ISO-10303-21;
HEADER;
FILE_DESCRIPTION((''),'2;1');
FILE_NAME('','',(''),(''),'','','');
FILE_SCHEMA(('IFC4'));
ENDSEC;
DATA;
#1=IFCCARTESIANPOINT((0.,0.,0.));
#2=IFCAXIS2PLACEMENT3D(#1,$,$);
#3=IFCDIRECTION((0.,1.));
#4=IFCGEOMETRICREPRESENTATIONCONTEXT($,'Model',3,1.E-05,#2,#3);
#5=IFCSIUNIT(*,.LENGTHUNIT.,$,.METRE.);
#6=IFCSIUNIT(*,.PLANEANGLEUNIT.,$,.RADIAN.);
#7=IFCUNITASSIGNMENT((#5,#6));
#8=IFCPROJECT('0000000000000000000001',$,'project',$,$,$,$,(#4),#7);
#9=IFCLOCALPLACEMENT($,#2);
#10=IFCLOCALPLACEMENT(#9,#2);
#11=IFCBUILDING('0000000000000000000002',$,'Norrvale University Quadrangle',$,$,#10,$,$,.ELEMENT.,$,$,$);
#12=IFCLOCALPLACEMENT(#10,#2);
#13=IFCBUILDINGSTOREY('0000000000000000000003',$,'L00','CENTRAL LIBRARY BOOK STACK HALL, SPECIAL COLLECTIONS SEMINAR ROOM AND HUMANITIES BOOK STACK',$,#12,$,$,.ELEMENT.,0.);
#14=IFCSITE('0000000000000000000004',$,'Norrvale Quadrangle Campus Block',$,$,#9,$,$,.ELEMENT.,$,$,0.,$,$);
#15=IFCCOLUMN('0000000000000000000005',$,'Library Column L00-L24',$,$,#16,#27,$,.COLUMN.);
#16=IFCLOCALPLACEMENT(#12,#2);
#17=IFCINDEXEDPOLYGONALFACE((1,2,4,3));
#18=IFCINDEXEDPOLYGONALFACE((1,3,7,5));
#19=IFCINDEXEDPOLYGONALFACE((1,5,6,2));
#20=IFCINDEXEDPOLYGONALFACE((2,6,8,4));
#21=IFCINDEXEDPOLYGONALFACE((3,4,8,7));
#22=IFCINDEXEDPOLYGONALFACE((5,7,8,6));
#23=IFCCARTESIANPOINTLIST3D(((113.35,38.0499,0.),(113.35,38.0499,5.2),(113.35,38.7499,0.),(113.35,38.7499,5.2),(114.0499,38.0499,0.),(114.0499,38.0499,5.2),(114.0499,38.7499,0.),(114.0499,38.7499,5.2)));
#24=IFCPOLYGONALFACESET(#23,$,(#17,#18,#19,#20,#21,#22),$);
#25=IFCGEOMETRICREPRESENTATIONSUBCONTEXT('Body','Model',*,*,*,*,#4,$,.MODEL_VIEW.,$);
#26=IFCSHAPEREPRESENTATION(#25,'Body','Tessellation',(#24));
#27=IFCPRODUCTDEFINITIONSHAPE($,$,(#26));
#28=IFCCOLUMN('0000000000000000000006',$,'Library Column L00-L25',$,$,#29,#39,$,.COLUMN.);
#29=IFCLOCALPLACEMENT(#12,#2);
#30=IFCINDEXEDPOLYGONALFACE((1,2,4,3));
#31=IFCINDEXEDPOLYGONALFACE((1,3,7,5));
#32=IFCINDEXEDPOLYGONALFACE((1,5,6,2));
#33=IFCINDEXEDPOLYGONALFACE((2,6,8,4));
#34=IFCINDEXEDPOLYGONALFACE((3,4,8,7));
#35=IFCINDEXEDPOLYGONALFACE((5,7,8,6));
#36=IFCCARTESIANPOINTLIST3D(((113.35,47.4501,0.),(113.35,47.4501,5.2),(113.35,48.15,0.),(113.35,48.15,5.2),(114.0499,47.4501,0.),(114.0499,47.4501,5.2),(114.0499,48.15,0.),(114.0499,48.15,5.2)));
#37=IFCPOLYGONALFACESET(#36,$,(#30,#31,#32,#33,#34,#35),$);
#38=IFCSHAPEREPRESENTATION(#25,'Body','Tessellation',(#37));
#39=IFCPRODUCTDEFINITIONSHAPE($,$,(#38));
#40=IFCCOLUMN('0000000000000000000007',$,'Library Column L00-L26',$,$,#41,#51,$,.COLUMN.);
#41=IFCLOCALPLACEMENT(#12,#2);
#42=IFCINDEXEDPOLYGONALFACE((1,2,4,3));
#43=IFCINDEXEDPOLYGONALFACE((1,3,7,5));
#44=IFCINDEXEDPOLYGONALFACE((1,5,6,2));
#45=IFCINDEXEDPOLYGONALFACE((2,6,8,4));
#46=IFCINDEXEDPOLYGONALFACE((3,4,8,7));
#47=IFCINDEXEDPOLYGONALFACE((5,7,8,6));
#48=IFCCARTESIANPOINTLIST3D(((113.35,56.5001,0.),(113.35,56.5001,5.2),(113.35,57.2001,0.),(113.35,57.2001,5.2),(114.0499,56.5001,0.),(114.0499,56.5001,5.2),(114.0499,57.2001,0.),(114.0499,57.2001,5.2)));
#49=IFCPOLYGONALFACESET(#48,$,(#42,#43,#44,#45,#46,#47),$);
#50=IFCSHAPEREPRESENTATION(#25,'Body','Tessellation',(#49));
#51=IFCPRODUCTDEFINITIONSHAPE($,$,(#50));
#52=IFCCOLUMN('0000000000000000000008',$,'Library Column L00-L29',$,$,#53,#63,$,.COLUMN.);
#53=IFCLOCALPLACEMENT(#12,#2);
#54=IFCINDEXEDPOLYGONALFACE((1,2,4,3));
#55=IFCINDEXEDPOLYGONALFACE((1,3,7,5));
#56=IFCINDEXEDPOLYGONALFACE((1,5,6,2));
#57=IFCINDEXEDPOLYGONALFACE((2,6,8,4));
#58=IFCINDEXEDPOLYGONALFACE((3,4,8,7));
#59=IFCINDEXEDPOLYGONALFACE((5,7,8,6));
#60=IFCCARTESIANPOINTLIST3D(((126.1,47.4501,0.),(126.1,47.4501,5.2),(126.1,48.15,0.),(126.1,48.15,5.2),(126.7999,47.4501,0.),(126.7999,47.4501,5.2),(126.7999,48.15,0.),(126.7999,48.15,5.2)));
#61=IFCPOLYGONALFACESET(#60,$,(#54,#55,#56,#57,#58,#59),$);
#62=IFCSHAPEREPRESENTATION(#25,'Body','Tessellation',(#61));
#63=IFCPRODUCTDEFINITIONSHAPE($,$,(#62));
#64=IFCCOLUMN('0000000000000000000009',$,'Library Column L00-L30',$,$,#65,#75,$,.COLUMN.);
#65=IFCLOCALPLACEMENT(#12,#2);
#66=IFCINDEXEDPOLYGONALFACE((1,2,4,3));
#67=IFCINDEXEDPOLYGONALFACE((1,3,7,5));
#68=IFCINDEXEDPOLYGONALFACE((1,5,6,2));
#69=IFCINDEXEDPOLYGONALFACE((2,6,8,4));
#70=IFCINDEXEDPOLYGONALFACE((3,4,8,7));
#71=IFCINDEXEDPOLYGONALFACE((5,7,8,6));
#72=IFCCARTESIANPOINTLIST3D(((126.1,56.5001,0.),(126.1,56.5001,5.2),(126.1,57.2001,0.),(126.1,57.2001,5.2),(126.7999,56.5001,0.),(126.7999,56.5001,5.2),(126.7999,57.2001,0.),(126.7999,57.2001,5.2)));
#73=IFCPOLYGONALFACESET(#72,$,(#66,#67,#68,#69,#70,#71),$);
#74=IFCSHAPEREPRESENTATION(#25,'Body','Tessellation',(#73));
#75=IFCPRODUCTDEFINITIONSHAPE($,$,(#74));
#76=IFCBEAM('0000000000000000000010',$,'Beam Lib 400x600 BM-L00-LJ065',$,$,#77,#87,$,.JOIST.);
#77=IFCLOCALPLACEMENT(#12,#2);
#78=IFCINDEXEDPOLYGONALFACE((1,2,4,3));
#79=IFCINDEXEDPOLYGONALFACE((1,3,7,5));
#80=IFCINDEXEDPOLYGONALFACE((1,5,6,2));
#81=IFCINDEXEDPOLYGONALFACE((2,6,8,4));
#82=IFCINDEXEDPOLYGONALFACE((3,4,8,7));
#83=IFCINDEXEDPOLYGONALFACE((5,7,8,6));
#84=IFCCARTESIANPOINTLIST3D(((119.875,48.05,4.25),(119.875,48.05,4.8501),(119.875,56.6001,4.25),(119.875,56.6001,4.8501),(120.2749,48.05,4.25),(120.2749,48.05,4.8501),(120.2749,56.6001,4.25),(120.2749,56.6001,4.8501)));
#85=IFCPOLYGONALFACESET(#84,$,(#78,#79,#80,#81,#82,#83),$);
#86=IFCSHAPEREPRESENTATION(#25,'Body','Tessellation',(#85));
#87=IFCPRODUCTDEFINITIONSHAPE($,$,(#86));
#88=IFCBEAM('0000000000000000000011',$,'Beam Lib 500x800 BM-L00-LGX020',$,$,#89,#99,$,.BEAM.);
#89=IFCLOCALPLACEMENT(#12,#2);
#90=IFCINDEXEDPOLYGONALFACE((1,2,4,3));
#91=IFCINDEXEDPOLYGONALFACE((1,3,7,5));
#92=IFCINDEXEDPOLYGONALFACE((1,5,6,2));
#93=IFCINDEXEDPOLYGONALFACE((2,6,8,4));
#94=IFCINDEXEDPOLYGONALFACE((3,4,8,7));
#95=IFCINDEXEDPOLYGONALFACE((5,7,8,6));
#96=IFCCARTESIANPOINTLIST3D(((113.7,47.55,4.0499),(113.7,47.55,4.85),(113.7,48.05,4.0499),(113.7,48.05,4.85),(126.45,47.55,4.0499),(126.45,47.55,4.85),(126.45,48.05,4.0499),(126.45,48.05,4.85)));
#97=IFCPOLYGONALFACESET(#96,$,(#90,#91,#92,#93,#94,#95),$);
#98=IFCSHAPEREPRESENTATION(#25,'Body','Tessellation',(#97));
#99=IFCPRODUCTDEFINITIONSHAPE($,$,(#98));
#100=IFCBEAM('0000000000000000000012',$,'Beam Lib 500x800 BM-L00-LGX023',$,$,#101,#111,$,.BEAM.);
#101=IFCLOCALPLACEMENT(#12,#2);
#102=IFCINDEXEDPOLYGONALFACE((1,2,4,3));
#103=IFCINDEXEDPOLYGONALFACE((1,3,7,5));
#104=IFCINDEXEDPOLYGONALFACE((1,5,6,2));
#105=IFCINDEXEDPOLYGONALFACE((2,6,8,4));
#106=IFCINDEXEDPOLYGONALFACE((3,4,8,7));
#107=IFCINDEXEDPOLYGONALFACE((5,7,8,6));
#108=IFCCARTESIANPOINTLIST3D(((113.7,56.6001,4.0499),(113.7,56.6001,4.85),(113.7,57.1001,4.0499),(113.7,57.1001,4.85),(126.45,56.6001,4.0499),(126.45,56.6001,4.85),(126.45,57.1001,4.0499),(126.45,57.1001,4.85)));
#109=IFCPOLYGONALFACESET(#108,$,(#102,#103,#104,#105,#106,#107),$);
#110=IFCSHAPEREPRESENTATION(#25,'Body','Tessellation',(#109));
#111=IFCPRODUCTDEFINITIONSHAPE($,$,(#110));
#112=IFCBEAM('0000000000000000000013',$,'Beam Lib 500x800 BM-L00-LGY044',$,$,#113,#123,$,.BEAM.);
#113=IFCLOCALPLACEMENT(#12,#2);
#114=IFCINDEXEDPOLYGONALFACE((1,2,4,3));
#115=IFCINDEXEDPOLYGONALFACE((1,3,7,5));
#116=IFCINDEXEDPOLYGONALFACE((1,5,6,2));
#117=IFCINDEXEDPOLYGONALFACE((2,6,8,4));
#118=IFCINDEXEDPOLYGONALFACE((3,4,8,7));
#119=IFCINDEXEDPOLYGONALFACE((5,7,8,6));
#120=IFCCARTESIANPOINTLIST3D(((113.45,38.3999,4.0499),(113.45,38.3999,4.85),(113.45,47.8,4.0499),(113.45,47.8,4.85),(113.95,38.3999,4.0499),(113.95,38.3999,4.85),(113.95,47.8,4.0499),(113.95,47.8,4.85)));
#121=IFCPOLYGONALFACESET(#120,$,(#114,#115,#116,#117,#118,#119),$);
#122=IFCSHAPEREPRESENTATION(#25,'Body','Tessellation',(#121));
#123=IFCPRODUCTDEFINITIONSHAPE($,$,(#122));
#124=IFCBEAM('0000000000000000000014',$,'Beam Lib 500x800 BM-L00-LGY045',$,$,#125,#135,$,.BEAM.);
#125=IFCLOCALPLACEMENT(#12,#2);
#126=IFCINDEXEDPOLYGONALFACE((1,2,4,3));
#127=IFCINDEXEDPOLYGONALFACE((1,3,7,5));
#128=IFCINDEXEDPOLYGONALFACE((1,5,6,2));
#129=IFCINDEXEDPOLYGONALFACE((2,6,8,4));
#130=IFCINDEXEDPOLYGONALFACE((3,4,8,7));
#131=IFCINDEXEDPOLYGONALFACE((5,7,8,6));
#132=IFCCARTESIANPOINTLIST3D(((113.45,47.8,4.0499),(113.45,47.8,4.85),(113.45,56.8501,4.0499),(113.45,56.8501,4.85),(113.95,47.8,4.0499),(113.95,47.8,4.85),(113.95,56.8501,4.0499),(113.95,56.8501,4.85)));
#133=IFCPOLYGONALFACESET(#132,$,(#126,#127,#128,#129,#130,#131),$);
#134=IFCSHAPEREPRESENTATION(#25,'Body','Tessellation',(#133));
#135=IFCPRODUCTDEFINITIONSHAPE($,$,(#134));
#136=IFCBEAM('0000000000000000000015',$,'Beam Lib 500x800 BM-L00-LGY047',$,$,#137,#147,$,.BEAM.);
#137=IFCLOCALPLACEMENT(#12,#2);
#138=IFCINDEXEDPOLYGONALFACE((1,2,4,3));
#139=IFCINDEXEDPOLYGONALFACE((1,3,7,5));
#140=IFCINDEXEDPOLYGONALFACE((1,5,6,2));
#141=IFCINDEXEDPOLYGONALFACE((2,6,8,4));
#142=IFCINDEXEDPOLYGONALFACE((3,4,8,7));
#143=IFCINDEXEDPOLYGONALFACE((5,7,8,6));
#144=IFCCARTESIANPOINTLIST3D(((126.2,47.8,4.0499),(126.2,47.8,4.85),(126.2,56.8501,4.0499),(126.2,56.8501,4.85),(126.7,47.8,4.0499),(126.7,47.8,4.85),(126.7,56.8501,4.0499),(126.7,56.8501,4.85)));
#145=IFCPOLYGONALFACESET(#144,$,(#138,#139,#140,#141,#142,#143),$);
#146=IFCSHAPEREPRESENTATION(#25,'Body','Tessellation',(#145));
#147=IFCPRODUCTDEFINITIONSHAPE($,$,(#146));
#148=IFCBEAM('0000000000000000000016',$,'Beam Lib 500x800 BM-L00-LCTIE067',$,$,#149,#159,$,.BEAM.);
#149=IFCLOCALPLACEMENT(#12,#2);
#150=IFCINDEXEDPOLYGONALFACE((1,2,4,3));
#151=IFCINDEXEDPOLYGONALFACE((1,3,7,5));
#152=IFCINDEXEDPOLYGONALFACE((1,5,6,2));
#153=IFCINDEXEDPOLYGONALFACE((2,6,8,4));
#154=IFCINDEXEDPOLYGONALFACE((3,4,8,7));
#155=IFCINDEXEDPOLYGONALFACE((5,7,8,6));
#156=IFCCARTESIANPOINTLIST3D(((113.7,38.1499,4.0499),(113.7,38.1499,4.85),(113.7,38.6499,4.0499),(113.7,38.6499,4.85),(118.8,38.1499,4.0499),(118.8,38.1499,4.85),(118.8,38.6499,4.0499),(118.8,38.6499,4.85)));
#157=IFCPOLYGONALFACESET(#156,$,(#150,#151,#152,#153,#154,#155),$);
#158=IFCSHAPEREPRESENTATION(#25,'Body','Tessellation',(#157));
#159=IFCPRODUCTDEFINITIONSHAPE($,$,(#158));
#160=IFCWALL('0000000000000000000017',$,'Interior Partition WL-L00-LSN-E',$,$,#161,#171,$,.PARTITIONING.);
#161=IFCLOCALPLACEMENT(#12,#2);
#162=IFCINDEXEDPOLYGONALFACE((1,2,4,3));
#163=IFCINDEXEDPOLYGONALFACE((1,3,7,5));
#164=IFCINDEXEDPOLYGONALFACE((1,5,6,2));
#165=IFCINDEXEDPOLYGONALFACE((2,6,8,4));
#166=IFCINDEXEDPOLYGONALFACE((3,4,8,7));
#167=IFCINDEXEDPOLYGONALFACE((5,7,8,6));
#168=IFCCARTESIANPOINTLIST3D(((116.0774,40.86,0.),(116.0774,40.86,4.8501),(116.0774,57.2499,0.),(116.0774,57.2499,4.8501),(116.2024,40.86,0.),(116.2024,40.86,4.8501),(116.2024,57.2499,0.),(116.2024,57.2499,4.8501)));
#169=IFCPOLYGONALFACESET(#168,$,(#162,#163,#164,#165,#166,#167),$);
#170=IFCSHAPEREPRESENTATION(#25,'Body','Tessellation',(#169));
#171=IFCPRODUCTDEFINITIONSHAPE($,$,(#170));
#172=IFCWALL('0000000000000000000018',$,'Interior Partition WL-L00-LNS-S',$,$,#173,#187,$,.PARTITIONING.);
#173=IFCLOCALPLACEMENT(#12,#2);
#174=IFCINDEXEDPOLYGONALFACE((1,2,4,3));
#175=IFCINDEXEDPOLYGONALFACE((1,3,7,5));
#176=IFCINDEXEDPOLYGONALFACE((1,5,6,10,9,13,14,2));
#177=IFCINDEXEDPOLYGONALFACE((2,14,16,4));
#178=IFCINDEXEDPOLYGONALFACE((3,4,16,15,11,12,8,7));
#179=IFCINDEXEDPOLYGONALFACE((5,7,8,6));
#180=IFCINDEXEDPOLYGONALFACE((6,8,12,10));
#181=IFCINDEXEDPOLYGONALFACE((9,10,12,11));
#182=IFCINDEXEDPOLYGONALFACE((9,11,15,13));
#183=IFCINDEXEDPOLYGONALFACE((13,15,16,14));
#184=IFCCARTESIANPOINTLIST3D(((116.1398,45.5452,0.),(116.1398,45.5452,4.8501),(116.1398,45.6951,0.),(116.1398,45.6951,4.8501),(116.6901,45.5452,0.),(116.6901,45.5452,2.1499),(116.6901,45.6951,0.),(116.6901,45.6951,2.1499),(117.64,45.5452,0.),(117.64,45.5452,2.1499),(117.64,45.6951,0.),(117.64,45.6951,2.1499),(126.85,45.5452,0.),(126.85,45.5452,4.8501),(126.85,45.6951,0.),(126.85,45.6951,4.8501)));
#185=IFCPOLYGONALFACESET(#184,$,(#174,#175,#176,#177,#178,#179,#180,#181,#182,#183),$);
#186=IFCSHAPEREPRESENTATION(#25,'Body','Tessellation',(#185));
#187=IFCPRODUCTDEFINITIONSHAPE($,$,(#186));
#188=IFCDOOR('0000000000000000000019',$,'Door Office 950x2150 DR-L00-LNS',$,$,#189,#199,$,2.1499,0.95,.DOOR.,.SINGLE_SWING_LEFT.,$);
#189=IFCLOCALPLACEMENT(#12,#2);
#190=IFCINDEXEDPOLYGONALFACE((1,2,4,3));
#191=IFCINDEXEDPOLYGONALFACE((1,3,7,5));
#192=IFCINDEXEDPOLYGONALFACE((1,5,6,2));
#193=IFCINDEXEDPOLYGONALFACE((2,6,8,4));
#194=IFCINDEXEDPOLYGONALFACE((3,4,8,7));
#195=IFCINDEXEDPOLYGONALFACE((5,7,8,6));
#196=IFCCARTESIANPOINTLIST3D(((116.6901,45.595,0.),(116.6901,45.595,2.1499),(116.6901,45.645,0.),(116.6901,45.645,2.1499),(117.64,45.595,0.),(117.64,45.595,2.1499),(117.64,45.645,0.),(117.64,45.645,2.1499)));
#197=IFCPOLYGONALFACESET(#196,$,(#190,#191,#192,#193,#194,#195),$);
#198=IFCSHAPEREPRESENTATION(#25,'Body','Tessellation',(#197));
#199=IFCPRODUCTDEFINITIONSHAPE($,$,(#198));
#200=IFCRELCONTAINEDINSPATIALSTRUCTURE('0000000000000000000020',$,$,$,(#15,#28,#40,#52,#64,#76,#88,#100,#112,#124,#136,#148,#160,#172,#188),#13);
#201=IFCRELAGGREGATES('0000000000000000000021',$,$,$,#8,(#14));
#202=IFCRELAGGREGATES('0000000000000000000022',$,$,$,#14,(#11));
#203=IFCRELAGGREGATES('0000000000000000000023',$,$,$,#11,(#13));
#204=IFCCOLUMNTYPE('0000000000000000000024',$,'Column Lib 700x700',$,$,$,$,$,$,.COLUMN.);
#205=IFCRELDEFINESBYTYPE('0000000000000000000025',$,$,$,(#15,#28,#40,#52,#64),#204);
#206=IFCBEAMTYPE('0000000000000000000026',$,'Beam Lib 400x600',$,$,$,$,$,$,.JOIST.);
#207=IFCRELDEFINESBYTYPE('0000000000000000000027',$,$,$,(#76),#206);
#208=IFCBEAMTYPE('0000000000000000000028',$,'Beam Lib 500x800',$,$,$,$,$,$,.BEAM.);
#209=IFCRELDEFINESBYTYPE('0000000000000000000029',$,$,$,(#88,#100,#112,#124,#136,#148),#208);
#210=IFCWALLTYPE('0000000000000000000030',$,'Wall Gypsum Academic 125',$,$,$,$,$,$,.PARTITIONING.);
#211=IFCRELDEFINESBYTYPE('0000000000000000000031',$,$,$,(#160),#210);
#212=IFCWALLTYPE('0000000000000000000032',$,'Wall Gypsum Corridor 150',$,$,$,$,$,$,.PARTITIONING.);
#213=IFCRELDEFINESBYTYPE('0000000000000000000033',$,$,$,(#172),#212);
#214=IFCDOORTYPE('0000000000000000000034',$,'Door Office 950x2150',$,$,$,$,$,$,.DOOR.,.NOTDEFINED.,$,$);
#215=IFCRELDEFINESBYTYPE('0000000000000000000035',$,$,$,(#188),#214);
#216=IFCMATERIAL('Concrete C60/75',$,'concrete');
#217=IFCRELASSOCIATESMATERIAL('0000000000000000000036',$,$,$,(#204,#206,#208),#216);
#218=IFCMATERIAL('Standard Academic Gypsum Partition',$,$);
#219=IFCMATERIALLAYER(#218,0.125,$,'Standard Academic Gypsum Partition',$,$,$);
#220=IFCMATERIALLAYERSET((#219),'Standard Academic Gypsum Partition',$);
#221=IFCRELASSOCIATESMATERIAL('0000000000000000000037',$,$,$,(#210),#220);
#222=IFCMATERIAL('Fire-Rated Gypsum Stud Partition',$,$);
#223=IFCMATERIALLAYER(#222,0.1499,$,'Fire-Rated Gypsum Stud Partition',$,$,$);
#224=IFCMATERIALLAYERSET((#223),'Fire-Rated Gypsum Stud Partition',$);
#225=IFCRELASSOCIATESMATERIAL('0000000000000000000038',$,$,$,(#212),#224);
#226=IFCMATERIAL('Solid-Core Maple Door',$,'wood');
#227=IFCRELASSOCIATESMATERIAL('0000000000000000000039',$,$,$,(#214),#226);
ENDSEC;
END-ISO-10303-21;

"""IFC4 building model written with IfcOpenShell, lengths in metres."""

from ifc_helpers import new_model, si_unit, direction, frame, frame_2d, origin, origin_2d, place, context, subcontext, project, spatial, rectangle, extrude, material, layer, layer_set, material_profile, profile_set, type_object, element, fill, save


model = new_model("IFC4")

# Units and contexts
model_context = context("Model", 3, precision=1e-05, world=origin(), true_north=direction((0.0, 1.0)))
body_context = subcontext(model_context, "Body", "Model", "MODEL_VIEW")
ifc_project = project(units=[si_unit("LENGTHUNIT", "METRE"), si_unit("PLANEANGLEUNIT", "RADIAN")], contexts=[model_context])

# Site, building, storey
site_placement = place(None, origin())
site = spatial("IfcSite", under=ifc_project, at=site_placement, Name="Norrvale Quadrangle Campus Block", CompositionType="ELEMENT", RefElevation=0.0)
building_placement = place(site_placement, origin())
building = spatial("IfcBuilding", under=site, at=building_placement, Name="Norrvale University Quadrangle", CompositionType="ELEMENT")
storey_placement = place(building_placement, origin())
storey = spatial("IfcBuildingStorey", under=building, at=storey_placement, Name="L00", Description="CENTRAL LIBRARY BOOK STACK HALL, SPECIAL COLLECTIONS SEMINAR ROOM AND HUMANITIES BOOK STACK", CompositionType="ELEMENT", Elevation=0.0)

# Columns
ifc_material_1 = material(Name="Concrete C60/75", Category="concrete")
ifc_material_profile_1 = material_profile(ifc_material_1, rectangle(XDim=0.7, YDim=0.7, at=origin_2d()), Name="Concrete C60/75")
ifc_profile_set_1 = profile_set([ifc_material_profile_1], Name="Concrete C60/75")
column_type = type_object("IfcColumnType", Name="Column Lib 700x700", PredefinedType="COLUMN", material=ifc_profile_set_1)
for number, where, z_axis, x_axis, name in (
    (1, (113.7, 38.3999, 0.0), (0.0, 0.0, 1.0), (1.0, 0.0, 0.0), "Library Column L00-L24"),
    (2, (113.7, 47.8, 0.0), (0.0, 0.0, 1.0), (1.0, 0.0, 0.0), "Library Column L00-L25"),
    (3, (113.7, 56.8501, 0.0), (0.0, 0.0, 1.0), (1.0, 0.0, 0.0), "Library Column L00-L26"),
    (4, (126.45, 47.8, 0.0), (0.0, 0.0, 1.0), (1.0, 0.0, 0.0), "Library Column L00-L29"),
    (5, (126.45, 56.8501, 0.0), (0.0, 0.0, 1.0), (1.0, 0.0, 0.0), "Library Column L00-L30"),
):
    element("IfcColumn", number, at=place(storey_placement, frame(where, z_axis=z_axis, x_axis=x_axis)), inside=storey, type_object=column_type, Name=name, PredefinedType="COLUMN", context=body_context, shape_type="SweptSolid", body=[
        extrude(rectangle(XDim=0.7, YDim=0.7, at=origin_2d()), origin(), (0.0, 0.0, 1.0), 5.2),
    ])

# Beams
ifc_material_profile_2 = material_profile(ifc_material_1, rectangle(XDim=0.3999, YDim=0.6001, at=origin_2d()), Name="Concrete C60/75")
ifc_profile_set_2 = profile_set([ifc_material_profile_2], Name="Concrete C60/75")
beam_type_1 = type_object("IfcBeamType", Name="Beam Lib 400x600", PredefinedType="JOIST", material=ifc_profile_set_2)
beam_1_placement = place(storey_placement, frame((120.075, 48.05, 4.55), z_axis=(0.0, 1.0, 0.0), x_axis=(-1.0, 0.0, 0.0)))
element("IfcBeam", 6, at=beam_1_placement, inside=storey, type_object=beam_type_1, Name="Beam Lib 400x600 BM-L00-LJ065", PredefinedType="JOIST", context=body_context, shape_type="SweptSolid", body=[
    extrude(rectangle(XDim=0.3999, YDim=0.6001, at=origin_2d()), origin(), (0.0, 0.0, 1.0), 8.55),
])
ifc_material_profile_3 = material_profile(ifc_material_1, rectangle(XDim=0.5, YDim=0.8, at=origin_2d()), Name="Concrete C60/75")
ifc_profile_set_3 = profile_set([ifc_material_profile_3], Name="Concrete C60/75")
beam_type_2 = type_object("IfcBeamType", Name="Beam Lib 500x800", PredefinedType="BEAM", material=ifc_profile_set_3)
for number, where, z_axis, x_axis, name in (
    (7, (113.7, 47.8, 4.45), (1.0, 0.0, 0.0), (0.0, 1.0, 0.0), "Beam Lib 500x800 BM-L00-LGX020"),
    (8, (113.7, 56.8501, 4.45), (1.0, 0.0, 0.0), (0.0, 1.0, 0.0), "Beam Lib 500x800 BM-L00-LGX023"),
):
    element("IfcBeam", number, at=place(storey_placement, frame(where, z_axis=z_axis, x_axis=x_axis)), inside=storey, type_object=beam_type_2, Name=name, PredefinedType="BEAM", context=body_context, shape_type="SweptSolid", body=[
        extrude(rectangle(XDim=0.5, YDim=0.8, at=origin_2d()), origin(), (0.0, 0.0, 1.0), 12.75),
    ])
beam_2_placement = place(storey_placement, frame((113.7, 38.3999, 4.45), z_axis=(0.0, 1.0, 0.0), x_axis=(-1.0, 0.0, 0.0)))
element("IfcBeam", 9, at=beam_2_placement, inside=storey, type_object=beam_type_2, Name="Beam Lib 500x800 BM-L00-LGY044", PredefinedType="BEAM", context=body_context, shape_type="SweptSolid", body=[
    extrude(rectangle(XDim=0.5, YDim=0.8, at=origin_2d()), origin(), (0.0, 0.0, 1.0), 9.4001),
])
for number, where, z_axis, x_axis, name in (
    (10, (113.7, 47.8, 4.45), (0.0, 1.0, 0.0), (-1.0, 0.0, 0.0), "Beam Lib 500x800 BM-L00-LGY045"),
    (11, (126.45, 47.8, 4.45), (0.0, 1.0, 0.0), (-1.0, 0.0, 0.0), "Beam Lib 500x800 BM-L00-LGY047"),
):
    element("IfcBeam", number, at=place(storey_placement, frame(where, z_axis=z_axis, x_axis=x_axis)), inside=storey, type_object=beam_type_2, Name=name, PredefinedType="BEAM", context=body_context, shape_type="SweptSolid", body=[
        extrude(rectangle(XDim=0.5, YDim=0.8, at=origin_2d()), origin(), (0.0, 0.0, 1.0), 9.05),
    ])
beam_3_placement = place(storey_placement, frame((113.7, 38.3999, 4.45), z_axis=(1.0, 0.0, 0.0), x_axis=(0.0, 1.0, 0.0)))
element("IfcBeam", 12, at=beam_3_placement, inside=storey, type_object=beam_type_2, Name="Beam Lib 500x800 BM-L00-LCTIE067", PredefinedType="BEAM", context=body_context, shape_type="SweptSolid", body=[
    extrude(rectangle(XDim=0.5, YDim=0.8, at=origin_2d()), origin(), (0.0, 0.0, 1.0), 5.1001),
])

# Wall
ifc_material_2 = material(Name="Standard Academic Gypsum Partition")
ifc_layer_1 = layer(ifc_material_2, 0.125, Name="Standard Academic Gypsum Partition")
ifc_layer_set_1 = layer_set([ifc_layer_1], Name="Standard Academic Gypsum Partition")
wall_type_1 = type_object("IfcWallType", Name="Wall Gypsum Academic 125", PredefinedType="PARTITIONING", material=ifc_layer_set_1)
wall_1_placement = place(storey_placement, frame((116.1399, 40.8601, 0.0), z_axis=(0.0, 0.0, 1.0), x_axis=(0.0, 1.0, 0.0)))
element("IfcWall", 13, at=wall_1_placement, inside=storey, type_object=wall_type_1, Name="Interior Partition WL-L00-LSN-E", PredefinedType="PARTITIONING", context=body_context, shape_type="SweptSolid", body=[
    extrude(rectangle(XDim=16.3899, YDim=0.125, at=frame_2d((8.1948, 0.0))), origin(), (0.0, 0.0, 1.0), 4.8501),
])

# Wall, opening, door
ifc_material_3 = material(Name="Fire-Rated Gypsum Stud Partition")
ifc_layer_2 = layer(ifc_material_3, 0.1499, Name="Fire-Rated Gypsum Stud Partition")
ifc_layer_set_2 = layer_set([ifc_layer_2], Name="Fire-Rated Gypsum Stud Partition")
wall_type_2 = type_object("IfcWallType", Name="Wall Gypsum Corridor 150", PredefinedType="PARTITIONING", material=ifc_layer_set_2)
wall_2_placement = place(storey_placement, frame((116.1399, 45.6201, 0.0), z_axis=(0.0, 0.0, 1.0), x_axis=(1.0, 0.0, 0.0)))
wall_2 = element("IfcWall", 14, at=wall_2_placement, inside=storey, type_object=wall_type_2, Name="Interior Partition WL-L00-LNS-S", PredefinedType="PARTITIONING", context=body_context, shape_type="SweptSolid", body=[
    extrude(rectangle(XDim=10.7102, YDim=0.1499, at=frame_2d((5.355, 0.0))), origin(), (0.0, 0.0, 1.0), 4.8501),
])
opening_1_placement = place(wall_2_placement, frame((0.55, 0.0, 0.0)))
opening_1 = element("IfcOpeningElement", 15, at=opening_1_placement, cuts=wall_2, PredefinedType="OPENING", context=body_context, shape_type="SweptSolid", body=[
    extrude(rectangle(XDim=0.95, YDim=2.1499, at=frame_2d((0.4751, 1.075))), frame((0.0, 0.0869, 0.0), z_axis=(0.0, -1.0, 0.0), x_axis=(1.0, 0.0, 0.0)), (0.0, 0.0, 1.0), 0.1738),
])
ifc_material_4 = material(Name="Solid-Core Maple Door", Category="wood")
door_type_1 = type_object("IfcDoorType", Name="Door Office 950x2150", OperationType="NOTDEFINED", PredefinedType="DOOR", material=ifc_material_4)
door_1_placement = place(opening_1_placement, origin())
door_1 = element("IfcDoor", 16, at=door_1_placement, inside=storey, type_object=door_type_1, Name="Door Office 950x2150 DR-L00-LNS", OperationType="SINGLE_SWING_LEFT", OverallHeight=2.1499, OverallWidth=0.95, PredefinedType="DOOR", context=body_context, shape_type="SweptSolid", body=[
    extrude(rectangle(XDim=0.95, YDim=2.1499, at=frame_2d((0.4751, 1.075))), frame((0.0, 0.0249, 0.0), z_axis=(0.0, -1.0, 0.0), x_axis=(1.0, 0.0, 0.0)), (0.0, 0.0, 1.0), 0.05),
])
fill(opening_1, door_1)

save(model, "model.ifc")
